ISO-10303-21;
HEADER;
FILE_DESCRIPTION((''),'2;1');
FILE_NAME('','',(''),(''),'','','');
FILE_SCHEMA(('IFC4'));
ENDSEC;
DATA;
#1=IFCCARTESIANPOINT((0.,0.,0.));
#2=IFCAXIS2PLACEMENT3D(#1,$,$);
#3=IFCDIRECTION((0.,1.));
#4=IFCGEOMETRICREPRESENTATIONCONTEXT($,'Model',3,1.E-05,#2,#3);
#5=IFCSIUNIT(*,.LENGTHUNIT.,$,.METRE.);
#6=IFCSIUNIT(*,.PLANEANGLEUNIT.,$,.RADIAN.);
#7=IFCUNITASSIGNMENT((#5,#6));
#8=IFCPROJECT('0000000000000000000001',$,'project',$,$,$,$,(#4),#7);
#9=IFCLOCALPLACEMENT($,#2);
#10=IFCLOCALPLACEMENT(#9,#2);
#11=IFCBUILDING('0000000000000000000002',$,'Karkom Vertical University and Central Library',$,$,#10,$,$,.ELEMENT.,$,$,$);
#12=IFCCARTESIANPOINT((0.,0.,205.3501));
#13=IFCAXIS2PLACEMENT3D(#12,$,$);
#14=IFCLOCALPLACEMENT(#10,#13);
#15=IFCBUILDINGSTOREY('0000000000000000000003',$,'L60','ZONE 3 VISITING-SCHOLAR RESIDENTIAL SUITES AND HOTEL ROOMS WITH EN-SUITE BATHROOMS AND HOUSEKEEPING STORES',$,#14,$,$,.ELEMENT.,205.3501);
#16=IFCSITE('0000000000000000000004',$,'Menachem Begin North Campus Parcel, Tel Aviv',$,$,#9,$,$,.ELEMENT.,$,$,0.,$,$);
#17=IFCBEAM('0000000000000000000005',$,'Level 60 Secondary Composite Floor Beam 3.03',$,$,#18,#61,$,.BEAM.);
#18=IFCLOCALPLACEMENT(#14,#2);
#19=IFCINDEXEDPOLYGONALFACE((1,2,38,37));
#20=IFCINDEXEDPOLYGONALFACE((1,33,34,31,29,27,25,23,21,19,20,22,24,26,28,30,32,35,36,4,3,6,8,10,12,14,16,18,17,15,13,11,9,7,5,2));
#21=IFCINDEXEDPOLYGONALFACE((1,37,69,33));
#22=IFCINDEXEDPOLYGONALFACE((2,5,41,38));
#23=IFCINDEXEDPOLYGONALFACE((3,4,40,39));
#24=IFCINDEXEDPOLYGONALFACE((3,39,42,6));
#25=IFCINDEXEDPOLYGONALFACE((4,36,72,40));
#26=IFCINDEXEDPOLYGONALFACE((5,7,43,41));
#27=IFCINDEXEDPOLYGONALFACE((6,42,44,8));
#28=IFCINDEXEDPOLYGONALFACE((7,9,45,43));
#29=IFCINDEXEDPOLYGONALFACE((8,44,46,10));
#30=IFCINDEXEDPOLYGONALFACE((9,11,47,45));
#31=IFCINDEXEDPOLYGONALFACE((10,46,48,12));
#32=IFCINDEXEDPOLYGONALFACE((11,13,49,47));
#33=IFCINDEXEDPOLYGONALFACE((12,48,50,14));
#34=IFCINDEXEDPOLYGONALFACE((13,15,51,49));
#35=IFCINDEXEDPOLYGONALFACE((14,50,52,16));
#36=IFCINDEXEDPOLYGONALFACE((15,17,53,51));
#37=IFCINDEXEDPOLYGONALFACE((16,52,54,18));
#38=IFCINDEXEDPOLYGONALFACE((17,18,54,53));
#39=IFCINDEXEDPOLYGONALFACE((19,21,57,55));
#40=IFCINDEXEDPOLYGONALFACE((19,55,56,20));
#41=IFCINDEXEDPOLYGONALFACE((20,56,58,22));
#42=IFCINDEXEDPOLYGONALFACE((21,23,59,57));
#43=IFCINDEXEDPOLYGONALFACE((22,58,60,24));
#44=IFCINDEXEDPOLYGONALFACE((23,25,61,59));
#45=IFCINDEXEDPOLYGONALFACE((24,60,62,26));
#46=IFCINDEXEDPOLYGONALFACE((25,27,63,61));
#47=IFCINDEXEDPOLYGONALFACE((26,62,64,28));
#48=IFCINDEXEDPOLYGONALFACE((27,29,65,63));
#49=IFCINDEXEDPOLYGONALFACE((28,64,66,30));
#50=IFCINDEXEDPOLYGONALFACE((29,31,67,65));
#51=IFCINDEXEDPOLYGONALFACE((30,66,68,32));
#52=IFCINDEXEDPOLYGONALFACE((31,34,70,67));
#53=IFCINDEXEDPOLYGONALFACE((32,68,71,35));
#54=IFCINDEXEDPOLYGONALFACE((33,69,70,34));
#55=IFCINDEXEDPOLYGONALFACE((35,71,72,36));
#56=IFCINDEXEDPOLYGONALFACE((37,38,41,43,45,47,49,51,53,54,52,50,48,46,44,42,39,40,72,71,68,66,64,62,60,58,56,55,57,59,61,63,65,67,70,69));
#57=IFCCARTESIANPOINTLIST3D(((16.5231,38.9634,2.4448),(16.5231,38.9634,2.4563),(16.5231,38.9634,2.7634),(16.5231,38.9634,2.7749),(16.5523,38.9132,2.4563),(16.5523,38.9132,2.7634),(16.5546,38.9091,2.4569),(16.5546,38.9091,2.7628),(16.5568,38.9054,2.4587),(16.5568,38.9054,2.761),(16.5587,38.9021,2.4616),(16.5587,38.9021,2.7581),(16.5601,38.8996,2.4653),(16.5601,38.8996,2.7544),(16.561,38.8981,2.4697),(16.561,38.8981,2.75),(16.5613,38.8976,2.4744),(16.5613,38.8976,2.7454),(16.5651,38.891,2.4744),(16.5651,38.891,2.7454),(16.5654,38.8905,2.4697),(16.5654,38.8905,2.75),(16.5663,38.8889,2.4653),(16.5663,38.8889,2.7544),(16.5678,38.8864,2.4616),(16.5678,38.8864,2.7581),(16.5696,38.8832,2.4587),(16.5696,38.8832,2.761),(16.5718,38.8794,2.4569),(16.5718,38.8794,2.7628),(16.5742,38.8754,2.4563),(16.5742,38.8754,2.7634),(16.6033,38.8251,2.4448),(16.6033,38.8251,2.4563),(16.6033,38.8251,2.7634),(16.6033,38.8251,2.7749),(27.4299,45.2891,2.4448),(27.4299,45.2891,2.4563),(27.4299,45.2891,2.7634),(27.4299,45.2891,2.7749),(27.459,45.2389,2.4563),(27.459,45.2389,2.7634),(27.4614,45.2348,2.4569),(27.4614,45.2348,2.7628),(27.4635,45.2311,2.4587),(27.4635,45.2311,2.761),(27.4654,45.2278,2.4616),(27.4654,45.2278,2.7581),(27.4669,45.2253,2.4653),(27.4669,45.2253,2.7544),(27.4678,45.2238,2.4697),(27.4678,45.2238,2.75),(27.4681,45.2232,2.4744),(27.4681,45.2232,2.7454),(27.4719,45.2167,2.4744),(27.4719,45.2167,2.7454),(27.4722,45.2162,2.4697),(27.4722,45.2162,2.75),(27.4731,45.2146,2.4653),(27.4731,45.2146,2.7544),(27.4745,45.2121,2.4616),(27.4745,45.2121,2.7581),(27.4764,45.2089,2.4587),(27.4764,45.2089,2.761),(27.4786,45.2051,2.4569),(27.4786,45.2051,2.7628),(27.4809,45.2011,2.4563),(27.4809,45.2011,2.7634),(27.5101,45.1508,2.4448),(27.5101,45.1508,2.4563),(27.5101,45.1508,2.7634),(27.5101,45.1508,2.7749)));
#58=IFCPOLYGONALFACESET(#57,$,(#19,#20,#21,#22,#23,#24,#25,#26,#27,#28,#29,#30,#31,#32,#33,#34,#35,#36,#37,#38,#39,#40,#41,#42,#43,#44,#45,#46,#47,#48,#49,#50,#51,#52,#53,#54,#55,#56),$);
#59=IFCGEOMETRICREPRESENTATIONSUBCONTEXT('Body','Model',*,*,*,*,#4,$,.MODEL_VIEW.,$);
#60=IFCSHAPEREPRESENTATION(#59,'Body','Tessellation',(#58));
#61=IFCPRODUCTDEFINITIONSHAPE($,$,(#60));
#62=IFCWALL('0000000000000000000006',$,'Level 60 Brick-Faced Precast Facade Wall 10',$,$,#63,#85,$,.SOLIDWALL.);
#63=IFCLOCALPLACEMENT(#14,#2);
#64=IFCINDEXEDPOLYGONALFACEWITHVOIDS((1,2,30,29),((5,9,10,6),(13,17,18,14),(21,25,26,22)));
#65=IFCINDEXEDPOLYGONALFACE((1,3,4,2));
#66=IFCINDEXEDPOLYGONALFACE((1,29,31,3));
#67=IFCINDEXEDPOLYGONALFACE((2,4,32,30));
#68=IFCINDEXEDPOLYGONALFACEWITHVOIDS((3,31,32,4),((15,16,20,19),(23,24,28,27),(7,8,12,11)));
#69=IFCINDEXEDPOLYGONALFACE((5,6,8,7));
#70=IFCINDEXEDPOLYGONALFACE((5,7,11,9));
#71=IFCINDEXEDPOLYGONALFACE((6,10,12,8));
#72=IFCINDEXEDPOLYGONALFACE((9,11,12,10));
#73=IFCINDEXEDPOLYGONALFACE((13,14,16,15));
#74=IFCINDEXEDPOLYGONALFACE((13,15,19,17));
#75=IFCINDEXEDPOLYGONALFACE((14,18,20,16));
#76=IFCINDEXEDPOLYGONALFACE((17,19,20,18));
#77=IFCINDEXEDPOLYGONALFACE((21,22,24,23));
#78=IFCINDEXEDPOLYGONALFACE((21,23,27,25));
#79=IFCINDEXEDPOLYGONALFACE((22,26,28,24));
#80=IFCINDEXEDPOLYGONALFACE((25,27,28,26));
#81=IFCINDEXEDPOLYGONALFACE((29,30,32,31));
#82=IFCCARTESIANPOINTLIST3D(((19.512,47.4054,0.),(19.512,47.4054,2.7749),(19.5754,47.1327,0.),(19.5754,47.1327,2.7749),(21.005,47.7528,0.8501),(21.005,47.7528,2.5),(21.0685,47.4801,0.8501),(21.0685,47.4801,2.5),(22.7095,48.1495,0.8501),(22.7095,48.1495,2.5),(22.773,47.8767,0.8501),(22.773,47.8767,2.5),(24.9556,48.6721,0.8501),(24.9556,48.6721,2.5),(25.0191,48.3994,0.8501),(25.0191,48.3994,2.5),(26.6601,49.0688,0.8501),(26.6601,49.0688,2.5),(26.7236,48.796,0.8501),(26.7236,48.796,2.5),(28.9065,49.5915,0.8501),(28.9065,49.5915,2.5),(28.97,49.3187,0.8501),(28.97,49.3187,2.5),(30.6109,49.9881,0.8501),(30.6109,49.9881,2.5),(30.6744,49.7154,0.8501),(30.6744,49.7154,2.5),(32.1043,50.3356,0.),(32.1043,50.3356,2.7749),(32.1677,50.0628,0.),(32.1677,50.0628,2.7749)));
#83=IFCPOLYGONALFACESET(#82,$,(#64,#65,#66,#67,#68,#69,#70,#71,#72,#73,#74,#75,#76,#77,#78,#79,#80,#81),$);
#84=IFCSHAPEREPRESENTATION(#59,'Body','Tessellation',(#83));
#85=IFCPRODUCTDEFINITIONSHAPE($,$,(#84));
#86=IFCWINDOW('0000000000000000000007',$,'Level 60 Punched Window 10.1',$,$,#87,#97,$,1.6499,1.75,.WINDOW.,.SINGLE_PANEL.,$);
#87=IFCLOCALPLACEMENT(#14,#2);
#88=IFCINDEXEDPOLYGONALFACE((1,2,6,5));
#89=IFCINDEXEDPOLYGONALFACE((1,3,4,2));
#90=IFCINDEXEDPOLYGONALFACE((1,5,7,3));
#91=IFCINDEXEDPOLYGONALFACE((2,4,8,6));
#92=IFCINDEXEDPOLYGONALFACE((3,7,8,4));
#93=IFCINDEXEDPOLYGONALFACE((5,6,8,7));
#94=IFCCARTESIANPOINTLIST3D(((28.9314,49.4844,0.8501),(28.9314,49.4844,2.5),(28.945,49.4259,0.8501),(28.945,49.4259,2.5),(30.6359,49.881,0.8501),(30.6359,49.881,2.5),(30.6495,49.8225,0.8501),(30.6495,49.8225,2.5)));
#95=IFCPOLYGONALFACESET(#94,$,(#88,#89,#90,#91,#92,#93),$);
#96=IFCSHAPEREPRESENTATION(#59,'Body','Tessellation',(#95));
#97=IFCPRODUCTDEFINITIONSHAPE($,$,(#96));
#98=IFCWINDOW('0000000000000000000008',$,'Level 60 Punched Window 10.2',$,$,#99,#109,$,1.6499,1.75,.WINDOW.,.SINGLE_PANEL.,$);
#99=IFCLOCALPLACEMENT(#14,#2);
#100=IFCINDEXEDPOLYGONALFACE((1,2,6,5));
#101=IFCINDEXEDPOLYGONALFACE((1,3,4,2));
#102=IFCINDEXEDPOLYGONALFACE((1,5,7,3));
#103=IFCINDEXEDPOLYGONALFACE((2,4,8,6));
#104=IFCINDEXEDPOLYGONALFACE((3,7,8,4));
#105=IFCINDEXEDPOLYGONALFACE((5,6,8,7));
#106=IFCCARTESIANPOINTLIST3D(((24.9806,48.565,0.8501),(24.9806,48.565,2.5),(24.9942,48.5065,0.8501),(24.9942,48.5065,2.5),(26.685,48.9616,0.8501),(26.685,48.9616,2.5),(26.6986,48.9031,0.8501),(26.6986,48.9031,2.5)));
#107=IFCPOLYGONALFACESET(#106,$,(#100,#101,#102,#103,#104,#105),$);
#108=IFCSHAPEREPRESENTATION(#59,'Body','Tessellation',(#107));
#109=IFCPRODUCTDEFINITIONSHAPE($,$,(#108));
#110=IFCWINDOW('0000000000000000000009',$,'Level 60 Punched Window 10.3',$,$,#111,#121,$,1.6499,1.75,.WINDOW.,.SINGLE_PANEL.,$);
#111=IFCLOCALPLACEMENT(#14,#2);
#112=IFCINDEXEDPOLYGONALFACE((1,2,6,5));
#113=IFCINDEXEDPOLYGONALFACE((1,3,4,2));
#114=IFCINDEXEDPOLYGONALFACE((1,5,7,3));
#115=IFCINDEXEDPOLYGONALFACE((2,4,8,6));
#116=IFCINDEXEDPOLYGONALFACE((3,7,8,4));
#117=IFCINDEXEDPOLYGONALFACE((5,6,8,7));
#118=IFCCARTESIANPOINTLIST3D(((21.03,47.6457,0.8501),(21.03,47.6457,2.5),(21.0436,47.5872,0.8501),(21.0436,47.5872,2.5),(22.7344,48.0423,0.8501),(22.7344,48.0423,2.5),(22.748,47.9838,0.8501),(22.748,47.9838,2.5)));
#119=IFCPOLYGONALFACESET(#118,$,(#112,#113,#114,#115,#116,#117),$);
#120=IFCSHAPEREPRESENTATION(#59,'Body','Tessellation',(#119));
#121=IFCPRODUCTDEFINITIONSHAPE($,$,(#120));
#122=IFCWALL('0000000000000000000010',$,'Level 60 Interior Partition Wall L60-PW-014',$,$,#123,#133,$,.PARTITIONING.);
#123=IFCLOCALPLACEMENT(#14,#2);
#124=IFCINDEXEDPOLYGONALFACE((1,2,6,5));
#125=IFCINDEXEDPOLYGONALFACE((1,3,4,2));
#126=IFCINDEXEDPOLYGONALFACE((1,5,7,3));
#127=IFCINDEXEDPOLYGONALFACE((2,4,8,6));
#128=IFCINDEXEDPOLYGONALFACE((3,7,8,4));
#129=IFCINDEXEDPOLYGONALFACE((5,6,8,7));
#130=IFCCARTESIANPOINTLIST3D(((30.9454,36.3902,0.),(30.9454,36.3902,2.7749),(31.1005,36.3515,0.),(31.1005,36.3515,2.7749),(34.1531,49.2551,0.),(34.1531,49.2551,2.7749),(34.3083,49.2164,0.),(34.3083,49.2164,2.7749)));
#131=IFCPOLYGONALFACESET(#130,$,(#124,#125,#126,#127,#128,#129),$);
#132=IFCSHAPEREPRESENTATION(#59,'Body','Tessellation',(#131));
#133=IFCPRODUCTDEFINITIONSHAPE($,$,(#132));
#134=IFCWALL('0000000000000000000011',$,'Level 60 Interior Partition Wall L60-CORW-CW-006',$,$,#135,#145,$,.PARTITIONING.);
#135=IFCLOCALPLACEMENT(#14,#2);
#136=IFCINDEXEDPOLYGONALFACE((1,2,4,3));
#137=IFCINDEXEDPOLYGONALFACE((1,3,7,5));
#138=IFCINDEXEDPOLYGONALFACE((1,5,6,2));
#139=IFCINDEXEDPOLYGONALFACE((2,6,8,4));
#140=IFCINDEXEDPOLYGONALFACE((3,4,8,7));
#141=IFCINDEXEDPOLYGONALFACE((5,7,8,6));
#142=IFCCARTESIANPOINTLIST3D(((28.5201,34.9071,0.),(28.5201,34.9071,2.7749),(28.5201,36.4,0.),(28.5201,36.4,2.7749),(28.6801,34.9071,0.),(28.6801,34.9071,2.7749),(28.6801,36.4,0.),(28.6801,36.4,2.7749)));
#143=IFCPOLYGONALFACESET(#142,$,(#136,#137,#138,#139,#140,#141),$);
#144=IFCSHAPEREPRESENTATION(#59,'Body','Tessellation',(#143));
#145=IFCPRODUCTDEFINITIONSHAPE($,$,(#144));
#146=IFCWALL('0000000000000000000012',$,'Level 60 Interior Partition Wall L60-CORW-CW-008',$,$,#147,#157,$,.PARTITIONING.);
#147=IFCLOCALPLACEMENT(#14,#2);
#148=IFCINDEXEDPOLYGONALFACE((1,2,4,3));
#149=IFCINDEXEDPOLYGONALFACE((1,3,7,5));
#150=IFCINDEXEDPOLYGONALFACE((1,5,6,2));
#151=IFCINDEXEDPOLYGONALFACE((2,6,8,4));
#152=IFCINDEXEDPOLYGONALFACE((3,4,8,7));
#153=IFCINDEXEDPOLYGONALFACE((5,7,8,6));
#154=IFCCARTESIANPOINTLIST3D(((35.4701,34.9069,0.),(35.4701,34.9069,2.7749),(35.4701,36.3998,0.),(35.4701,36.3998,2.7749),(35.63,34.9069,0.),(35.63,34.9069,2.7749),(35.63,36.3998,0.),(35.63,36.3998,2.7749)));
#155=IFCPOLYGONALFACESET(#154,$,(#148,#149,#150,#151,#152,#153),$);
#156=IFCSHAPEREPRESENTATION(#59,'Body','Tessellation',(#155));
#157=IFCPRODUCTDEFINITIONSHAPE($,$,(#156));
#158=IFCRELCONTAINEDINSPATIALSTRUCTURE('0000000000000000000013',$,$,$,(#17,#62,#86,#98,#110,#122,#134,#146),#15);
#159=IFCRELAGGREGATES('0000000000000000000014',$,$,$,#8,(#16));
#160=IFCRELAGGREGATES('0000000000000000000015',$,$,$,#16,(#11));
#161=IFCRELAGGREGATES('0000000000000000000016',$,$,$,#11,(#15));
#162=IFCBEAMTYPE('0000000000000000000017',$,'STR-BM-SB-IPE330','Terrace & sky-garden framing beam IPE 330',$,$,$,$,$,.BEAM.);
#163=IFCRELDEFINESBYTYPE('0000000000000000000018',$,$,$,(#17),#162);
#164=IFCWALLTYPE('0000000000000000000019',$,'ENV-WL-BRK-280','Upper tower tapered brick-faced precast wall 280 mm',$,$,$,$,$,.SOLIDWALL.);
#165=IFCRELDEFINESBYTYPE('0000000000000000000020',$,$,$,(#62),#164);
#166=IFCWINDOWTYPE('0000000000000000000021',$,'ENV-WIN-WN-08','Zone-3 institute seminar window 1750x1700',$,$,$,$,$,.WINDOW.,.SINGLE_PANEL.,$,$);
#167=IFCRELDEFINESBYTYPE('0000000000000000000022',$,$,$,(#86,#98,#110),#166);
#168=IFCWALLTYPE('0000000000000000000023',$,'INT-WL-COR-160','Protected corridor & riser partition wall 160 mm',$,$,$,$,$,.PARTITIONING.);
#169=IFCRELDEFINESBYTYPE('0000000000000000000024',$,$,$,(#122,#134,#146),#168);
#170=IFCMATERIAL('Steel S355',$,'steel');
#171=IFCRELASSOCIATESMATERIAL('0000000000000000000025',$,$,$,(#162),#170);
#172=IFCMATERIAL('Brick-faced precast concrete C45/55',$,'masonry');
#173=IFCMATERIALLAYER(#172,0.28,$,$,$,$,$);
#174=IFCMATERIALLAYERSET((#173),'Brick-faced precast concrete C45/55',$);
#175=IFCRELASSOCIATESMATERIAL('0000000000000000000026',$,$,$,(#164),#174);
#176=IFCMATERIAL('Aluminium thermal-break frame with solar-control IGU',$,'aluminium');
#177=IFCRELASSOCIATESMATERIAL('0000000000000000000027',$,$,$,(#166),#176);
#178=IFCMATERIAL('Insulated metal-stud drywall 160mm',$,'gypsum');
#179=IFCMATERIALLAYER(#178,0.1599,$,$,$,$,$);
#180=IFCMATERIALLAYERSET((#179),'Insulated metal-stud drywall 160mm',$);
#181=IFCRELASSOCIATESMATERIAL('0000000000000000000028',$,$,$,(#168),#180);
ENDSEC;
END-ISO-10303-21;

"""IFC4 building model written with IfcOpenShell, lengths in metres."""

from ifc_helpers import new_model, si_unit, direction, frame, frame_2d, origin, origin_with_axes, origin_2d, place, context, subcontext, project, spatial, rectangle, i_section, extrude, source, transform, mapped, material, layer, layer_set, material_profile, profile_set, type_object, element, fill, save


model = new_model("IFC4")

# Units and contexts
model_context = context("Model", 3, precision=1e-05, world=origin(), true_north=direction((0.0, 1.0)))
body_context = subcontext(model_context, "Body", "Model", "MODEL_VIEW")
ifc_project = project(units=[si_unit("LENGTHUNIT", "METRE"), si_unit("PLANEANGLEUNIT", "RADIAN")], contexts=[model_context])

# Site, building, storey
site_placement = place(None, origin())
site = spatial("IfcSite", under=ifc_project, at=site_placement, Name="Menachem Begin North Campus Parcel, Tel Aviv", CompositionType="ELEMENT", RefElevation=0.0)
building_placement = place(site_placement, origin())
building = spatial("IfcBuilding", under=site, at=building_placement, Name="Karkom Vertical University and Central Library", CompositionType="ELEMENT")
storey_placement = place(building_placement, frame((0.0, 0.0, 205.3501)))
storey = spatial("IfcBuildingStorey", under=building, at=storey_placement, Name="L60", Description="ZONE 3 VISITING-SCHOLAR RESIDENTIAL SUITES AND HOTEL ROOMS WITH EN-SUITE BATHROOMS AND HOUSEKEEPING STORES", CompositionType="ELEMENT", Elevation=205.3501)

# Beam
ifc_material_1 = material(Name="Steel S355", Category="steel")
ifc_material_profile_1 = material_profile(ifc_material_1, i_section(OverallWidth=0.1599, OverallDepth=0.3301, WebThickness=0.0076, FlangeThickness=0.0115, FilletRadius=0.0181, at=origin_2d()), Name="IPE 330")
ifc_profile_set_1 = profile_set([ifc_material_profile_1], Name="Steel S355")
beam_type_1 = type_object("IfcBeamType", Name="STR-BM-SB-IPE330", Description="Terrace & sky-garden framing beam IPE 330", PredefinedType="BEAM", material=ifc_profile_set_1)
shared_shape_1 = source(origin_with_axes(), body_context, "Body", "SweptSolid", [
    extrude(i_section(OverallWidth=0.1599, OverallDepth=0.3301, WebThickness=0.0076, FlangeThickness=0.0115, FilletRadius=0.0181, at=origin_2d()), origin(), (0.0, 0.0, 1.0), 12.6084),
])
beam_1_placement = place(storey_placement, frame((27.47, 45.22, 2.6099), z_axis=(-0.865039, -0.501705, 0.0), x_axis=(0.501705, -0.865039, 0.0)))
element("IfcBeam", 1, at=beam_1_placement, inside=storey, type_object=beam_type_1, Name="Level 60 Secondary Composite Floor Beam 3.03", PredefinedType="BEAM", context=body_context, shape_type="MappedRepresentation", body=[
    mapped(shared_shape_1, transform((0.0, 0.0, 0.0), scale=1.0)),
])

# Wall, openings, windows
ifc_material_2 = material(Name="Brick-faced precast concrete C45/55", Category="masonry")
ifc_layer_1 = layer(ifc_material_2, 0.28)
ifc_layer_set_1 = layer_set([ifc_layer_1], Name="Brick-faced precast concrete C45/55")
wall_type_1 = type_object("IfcWallType", Name="ENV-WL-BRK-280", Description="Upper tower tapered brick-faced precast wall 280 mm", PredefinedType="SOLIDWALL", material=ifc_layer_set_1)
wall_1_placement = place(storey_placement, frame((32.136, 50.1992, 0.0), z_axis=(0.0, 0.0, 1.0), x_axis=(-0.973978, -0.226641, 0.0)))
wall_1 = element("IfcWall", 2, at=wall_1_placement, inside=storey, type_object=wall_type_1, Name="Level 60 Brick-Faced Precast Facade Wall 10", PredefinedType="SOLIDWALL", context=body_context, shape_type="SweptSolid", body=[
    extrude(rectangle(XDim=12.9287, YDim=0.28, at=frame_2d((6.4644, 0.0))), origin(), (0.0, 0.0, 1.0), 2.7749),
])
opening_1_placement = place(wall_1_placement, frame((1.5332, 0.0, 0.8501)))
opening_1 = element("IfcOpeningElement", 3, at=opening_1_placement, cuts=wall_1, PredefinedType="OPENING", context=body_context, shape_type="SweptSolid", body=[
    extrude(rectangle(XDim=1.75, YDim=1.6499, at=frame_2d((0.875, 0.825))), frame((0.0, 0.1499, 0.0), z_axis=(0.0, -1.0, 0.0), x_axis=(1.0, 0.0, 0.0)), (0.0, 0.0, 1.0), 0.3),
])
opening_2_placement = place(wall_1_placement, frame((5.5896, 0.0, 0.8501)))
opening_2 = element("IfcOpeningElement", 4, at=opening_2_placement, cuts=wall_1, PredefinedType="OPENING", context=body_context, shape_type="SweptSolid", body=[
    extrude(rectangle(XDim=1.75, YDim=1.6499, at=frame_2d((0.875, 0.825))), frame((0.0, 0.1499, 0.0), z_axis=(0.0, -1.0, 0.0), x_axis=(1.0, 0.0, 0.0)), (0.0, 0.0, 1.0), 0.3),
])
opening_3_placement = place(wall_1_placement, frame((9.6458, 0.0, 0.8501)))
opening_3 = element("IfcOpeningElement", 5, at=opening_3_placement, cuts=wall_1, PredefinedType="OPENING", context=body_context, shape_type="SweptSolid", body=[
    extrude(rectangle(XDim=1.75, YDim=1.6499, at=frame_2d((0.875, 0.825))), frame((0.0, 0.1499, 0.0), z_axis=(0.0, -1.0, 0.0), x_axis=(1.0, 0.0, 0.0)), (0.0, 0.0, 1.0), 0.3),
])
ifc_material_3 = material(Name="Aluminium thermal-break frame with solar-control IGU", Category="aluminium")
window_type = type_object("IfcWindowType", Name="ENV-WIN-WN-08", Description="Zone-3 institute seminar window 1750x1700", PartitioningType="SINGLE_PANEL", PredefinedType="WINDOW", material=ifc_material_3)
shared_shape_2 = source(origin_with_axes(), body_context, "Body", "SweptSolid", [
    extrude(rectangle(XDim=1.75, YDim=1.6499, at=frame_2d((0.875, 0.825))), frame((0.0, 0.03, 0.0), z_axis=(0.0, -1.0, 0.0), x_axis=(1.0, 0.0, 0.0)), (0.0, 0.0, 1.0), 0.0601),
])
window_1_placement = place(opening_1_placement, origin())
window_1 = element("IfcWindow", 6, at=window_1_placement, inside=storey, type_object=window_type, Name="Level 60 Punched Window 10.1", OverallHeight=1.6499, OverallWidth=1.75, PartitioningType="SINGLE_PANEL", PredefinedType="WINDOW", context=body_context, shape_type="MappedRepresentation", body=[
    mapped(shared_shape_2, transform((0.0, 0.0, 0.0), scale=1.0)),
])
fill(opening_1, window_1)
window_2_placement = place(opening_2_placement, origin())
window_2 = element("IfcWindow", 7, at=window_2_placement, inside=storey, type_object=window_type, Name="Level 60 Punched Window 10.2", OverallHeight=1.6499, OverallWidth=1.75, PartitioningType="SINGLE_PANEL", PredefinedType="WINDOW", context=body_context, shape_type="MappedRepresentation", body=[
    mapped(shared_shape_2, transform((0.0, 0.0, 0.0), scale=1.0)),
])
fill(opening_2, window_2)
window_3_placement = place(opening_3_placement, origin())
window_3 = element("IfcWindow", 8, at=window_3_placement, inside=storey, type_object=window_type, Name="Level 60 Punched Window 10.3", OverallHeight=1.6499, OverallWidth=1.75, PartitioningType="SINGLE_PANEL", PredefinedType="WINDOW", context=body_context, shape_type="MappedRepresentation", body=[
    mapped(shared_shape_2, transform((0.0, 0.0, 0.0), scale=1.0)),
])
fill(opening_3, window_3)

# Wall
ifc_material_4 = material(Name="Insulated metal-stud drywall 160mm", Category="gypsum")
ifc_layer_2 = layer(ifc_material_4, 0.1599)
ifc_layer_set_2 = layer_set([ifc_layer_2], Name="Insulated metal-stud drywall 160mm")
wall_type_2 = type_object("IfcWallType", Name="INT-WL-COR-160", Description="Protected corridor & riser partition wall 160 mm", PredefinedType="PARTITIONING", material=ifc_layer_set_2)
wall_2_placement = place(storey_placement, frame((31.0229, 36.3708, 0.0), z_axis=(0.0, 0.0, 1.0), x_axis=(0.241933, 0.970293, 0.0)))
element("IfcWall", 9, at=wall_2_placement, inside=storey, type_object=wall_type_2, Name="Level 60 Interior Partition Wall L60-PW-014", PredefinedType="PARTITIONING", context=body_context, shape_type="SweptSolid", body=[
    extrude(rectangle(XDim=13.2588, YDim=0.1599, at=frame_2d((6.6294, 0.0))), origin(), (0.0, 0.0, 1.0), 2.7749),
])

# Walls
for number, where, z_axis, x_axis, name in (
    (10, (28.6001, 34.907, 0.0), (0.0, 0.0, 1.0), (0.0, 1.0, 0.0), "Level 60 Interior Partition Wall L60-CORW-CW-006"),
    (11, (35.55, 36.3999, 0.0), (0.0, 0.0, 1.0), (0.0, -1.0, 0.0), "Level 60 Interior Partition Wall L60-CORW-CW-008"),
):
    element("IfcWall", number, at=place(storey_placement, frame(where, z_axis=z_axis, x_axis=x_axis)), inside=storey, type_object=wall_type_2, Name=name, PredefinedType="PARTITIONING", context=body_context, shape_type="SweptSolid", body=[
        extrude(rectangle(XDim=1.4929, YDim=0.1599, at=frame_2d((0.7466, 0.0))), origin(), (0.0, 0.0, 1.0), 2.7749),
    ])

save(model, "model.ifc")
